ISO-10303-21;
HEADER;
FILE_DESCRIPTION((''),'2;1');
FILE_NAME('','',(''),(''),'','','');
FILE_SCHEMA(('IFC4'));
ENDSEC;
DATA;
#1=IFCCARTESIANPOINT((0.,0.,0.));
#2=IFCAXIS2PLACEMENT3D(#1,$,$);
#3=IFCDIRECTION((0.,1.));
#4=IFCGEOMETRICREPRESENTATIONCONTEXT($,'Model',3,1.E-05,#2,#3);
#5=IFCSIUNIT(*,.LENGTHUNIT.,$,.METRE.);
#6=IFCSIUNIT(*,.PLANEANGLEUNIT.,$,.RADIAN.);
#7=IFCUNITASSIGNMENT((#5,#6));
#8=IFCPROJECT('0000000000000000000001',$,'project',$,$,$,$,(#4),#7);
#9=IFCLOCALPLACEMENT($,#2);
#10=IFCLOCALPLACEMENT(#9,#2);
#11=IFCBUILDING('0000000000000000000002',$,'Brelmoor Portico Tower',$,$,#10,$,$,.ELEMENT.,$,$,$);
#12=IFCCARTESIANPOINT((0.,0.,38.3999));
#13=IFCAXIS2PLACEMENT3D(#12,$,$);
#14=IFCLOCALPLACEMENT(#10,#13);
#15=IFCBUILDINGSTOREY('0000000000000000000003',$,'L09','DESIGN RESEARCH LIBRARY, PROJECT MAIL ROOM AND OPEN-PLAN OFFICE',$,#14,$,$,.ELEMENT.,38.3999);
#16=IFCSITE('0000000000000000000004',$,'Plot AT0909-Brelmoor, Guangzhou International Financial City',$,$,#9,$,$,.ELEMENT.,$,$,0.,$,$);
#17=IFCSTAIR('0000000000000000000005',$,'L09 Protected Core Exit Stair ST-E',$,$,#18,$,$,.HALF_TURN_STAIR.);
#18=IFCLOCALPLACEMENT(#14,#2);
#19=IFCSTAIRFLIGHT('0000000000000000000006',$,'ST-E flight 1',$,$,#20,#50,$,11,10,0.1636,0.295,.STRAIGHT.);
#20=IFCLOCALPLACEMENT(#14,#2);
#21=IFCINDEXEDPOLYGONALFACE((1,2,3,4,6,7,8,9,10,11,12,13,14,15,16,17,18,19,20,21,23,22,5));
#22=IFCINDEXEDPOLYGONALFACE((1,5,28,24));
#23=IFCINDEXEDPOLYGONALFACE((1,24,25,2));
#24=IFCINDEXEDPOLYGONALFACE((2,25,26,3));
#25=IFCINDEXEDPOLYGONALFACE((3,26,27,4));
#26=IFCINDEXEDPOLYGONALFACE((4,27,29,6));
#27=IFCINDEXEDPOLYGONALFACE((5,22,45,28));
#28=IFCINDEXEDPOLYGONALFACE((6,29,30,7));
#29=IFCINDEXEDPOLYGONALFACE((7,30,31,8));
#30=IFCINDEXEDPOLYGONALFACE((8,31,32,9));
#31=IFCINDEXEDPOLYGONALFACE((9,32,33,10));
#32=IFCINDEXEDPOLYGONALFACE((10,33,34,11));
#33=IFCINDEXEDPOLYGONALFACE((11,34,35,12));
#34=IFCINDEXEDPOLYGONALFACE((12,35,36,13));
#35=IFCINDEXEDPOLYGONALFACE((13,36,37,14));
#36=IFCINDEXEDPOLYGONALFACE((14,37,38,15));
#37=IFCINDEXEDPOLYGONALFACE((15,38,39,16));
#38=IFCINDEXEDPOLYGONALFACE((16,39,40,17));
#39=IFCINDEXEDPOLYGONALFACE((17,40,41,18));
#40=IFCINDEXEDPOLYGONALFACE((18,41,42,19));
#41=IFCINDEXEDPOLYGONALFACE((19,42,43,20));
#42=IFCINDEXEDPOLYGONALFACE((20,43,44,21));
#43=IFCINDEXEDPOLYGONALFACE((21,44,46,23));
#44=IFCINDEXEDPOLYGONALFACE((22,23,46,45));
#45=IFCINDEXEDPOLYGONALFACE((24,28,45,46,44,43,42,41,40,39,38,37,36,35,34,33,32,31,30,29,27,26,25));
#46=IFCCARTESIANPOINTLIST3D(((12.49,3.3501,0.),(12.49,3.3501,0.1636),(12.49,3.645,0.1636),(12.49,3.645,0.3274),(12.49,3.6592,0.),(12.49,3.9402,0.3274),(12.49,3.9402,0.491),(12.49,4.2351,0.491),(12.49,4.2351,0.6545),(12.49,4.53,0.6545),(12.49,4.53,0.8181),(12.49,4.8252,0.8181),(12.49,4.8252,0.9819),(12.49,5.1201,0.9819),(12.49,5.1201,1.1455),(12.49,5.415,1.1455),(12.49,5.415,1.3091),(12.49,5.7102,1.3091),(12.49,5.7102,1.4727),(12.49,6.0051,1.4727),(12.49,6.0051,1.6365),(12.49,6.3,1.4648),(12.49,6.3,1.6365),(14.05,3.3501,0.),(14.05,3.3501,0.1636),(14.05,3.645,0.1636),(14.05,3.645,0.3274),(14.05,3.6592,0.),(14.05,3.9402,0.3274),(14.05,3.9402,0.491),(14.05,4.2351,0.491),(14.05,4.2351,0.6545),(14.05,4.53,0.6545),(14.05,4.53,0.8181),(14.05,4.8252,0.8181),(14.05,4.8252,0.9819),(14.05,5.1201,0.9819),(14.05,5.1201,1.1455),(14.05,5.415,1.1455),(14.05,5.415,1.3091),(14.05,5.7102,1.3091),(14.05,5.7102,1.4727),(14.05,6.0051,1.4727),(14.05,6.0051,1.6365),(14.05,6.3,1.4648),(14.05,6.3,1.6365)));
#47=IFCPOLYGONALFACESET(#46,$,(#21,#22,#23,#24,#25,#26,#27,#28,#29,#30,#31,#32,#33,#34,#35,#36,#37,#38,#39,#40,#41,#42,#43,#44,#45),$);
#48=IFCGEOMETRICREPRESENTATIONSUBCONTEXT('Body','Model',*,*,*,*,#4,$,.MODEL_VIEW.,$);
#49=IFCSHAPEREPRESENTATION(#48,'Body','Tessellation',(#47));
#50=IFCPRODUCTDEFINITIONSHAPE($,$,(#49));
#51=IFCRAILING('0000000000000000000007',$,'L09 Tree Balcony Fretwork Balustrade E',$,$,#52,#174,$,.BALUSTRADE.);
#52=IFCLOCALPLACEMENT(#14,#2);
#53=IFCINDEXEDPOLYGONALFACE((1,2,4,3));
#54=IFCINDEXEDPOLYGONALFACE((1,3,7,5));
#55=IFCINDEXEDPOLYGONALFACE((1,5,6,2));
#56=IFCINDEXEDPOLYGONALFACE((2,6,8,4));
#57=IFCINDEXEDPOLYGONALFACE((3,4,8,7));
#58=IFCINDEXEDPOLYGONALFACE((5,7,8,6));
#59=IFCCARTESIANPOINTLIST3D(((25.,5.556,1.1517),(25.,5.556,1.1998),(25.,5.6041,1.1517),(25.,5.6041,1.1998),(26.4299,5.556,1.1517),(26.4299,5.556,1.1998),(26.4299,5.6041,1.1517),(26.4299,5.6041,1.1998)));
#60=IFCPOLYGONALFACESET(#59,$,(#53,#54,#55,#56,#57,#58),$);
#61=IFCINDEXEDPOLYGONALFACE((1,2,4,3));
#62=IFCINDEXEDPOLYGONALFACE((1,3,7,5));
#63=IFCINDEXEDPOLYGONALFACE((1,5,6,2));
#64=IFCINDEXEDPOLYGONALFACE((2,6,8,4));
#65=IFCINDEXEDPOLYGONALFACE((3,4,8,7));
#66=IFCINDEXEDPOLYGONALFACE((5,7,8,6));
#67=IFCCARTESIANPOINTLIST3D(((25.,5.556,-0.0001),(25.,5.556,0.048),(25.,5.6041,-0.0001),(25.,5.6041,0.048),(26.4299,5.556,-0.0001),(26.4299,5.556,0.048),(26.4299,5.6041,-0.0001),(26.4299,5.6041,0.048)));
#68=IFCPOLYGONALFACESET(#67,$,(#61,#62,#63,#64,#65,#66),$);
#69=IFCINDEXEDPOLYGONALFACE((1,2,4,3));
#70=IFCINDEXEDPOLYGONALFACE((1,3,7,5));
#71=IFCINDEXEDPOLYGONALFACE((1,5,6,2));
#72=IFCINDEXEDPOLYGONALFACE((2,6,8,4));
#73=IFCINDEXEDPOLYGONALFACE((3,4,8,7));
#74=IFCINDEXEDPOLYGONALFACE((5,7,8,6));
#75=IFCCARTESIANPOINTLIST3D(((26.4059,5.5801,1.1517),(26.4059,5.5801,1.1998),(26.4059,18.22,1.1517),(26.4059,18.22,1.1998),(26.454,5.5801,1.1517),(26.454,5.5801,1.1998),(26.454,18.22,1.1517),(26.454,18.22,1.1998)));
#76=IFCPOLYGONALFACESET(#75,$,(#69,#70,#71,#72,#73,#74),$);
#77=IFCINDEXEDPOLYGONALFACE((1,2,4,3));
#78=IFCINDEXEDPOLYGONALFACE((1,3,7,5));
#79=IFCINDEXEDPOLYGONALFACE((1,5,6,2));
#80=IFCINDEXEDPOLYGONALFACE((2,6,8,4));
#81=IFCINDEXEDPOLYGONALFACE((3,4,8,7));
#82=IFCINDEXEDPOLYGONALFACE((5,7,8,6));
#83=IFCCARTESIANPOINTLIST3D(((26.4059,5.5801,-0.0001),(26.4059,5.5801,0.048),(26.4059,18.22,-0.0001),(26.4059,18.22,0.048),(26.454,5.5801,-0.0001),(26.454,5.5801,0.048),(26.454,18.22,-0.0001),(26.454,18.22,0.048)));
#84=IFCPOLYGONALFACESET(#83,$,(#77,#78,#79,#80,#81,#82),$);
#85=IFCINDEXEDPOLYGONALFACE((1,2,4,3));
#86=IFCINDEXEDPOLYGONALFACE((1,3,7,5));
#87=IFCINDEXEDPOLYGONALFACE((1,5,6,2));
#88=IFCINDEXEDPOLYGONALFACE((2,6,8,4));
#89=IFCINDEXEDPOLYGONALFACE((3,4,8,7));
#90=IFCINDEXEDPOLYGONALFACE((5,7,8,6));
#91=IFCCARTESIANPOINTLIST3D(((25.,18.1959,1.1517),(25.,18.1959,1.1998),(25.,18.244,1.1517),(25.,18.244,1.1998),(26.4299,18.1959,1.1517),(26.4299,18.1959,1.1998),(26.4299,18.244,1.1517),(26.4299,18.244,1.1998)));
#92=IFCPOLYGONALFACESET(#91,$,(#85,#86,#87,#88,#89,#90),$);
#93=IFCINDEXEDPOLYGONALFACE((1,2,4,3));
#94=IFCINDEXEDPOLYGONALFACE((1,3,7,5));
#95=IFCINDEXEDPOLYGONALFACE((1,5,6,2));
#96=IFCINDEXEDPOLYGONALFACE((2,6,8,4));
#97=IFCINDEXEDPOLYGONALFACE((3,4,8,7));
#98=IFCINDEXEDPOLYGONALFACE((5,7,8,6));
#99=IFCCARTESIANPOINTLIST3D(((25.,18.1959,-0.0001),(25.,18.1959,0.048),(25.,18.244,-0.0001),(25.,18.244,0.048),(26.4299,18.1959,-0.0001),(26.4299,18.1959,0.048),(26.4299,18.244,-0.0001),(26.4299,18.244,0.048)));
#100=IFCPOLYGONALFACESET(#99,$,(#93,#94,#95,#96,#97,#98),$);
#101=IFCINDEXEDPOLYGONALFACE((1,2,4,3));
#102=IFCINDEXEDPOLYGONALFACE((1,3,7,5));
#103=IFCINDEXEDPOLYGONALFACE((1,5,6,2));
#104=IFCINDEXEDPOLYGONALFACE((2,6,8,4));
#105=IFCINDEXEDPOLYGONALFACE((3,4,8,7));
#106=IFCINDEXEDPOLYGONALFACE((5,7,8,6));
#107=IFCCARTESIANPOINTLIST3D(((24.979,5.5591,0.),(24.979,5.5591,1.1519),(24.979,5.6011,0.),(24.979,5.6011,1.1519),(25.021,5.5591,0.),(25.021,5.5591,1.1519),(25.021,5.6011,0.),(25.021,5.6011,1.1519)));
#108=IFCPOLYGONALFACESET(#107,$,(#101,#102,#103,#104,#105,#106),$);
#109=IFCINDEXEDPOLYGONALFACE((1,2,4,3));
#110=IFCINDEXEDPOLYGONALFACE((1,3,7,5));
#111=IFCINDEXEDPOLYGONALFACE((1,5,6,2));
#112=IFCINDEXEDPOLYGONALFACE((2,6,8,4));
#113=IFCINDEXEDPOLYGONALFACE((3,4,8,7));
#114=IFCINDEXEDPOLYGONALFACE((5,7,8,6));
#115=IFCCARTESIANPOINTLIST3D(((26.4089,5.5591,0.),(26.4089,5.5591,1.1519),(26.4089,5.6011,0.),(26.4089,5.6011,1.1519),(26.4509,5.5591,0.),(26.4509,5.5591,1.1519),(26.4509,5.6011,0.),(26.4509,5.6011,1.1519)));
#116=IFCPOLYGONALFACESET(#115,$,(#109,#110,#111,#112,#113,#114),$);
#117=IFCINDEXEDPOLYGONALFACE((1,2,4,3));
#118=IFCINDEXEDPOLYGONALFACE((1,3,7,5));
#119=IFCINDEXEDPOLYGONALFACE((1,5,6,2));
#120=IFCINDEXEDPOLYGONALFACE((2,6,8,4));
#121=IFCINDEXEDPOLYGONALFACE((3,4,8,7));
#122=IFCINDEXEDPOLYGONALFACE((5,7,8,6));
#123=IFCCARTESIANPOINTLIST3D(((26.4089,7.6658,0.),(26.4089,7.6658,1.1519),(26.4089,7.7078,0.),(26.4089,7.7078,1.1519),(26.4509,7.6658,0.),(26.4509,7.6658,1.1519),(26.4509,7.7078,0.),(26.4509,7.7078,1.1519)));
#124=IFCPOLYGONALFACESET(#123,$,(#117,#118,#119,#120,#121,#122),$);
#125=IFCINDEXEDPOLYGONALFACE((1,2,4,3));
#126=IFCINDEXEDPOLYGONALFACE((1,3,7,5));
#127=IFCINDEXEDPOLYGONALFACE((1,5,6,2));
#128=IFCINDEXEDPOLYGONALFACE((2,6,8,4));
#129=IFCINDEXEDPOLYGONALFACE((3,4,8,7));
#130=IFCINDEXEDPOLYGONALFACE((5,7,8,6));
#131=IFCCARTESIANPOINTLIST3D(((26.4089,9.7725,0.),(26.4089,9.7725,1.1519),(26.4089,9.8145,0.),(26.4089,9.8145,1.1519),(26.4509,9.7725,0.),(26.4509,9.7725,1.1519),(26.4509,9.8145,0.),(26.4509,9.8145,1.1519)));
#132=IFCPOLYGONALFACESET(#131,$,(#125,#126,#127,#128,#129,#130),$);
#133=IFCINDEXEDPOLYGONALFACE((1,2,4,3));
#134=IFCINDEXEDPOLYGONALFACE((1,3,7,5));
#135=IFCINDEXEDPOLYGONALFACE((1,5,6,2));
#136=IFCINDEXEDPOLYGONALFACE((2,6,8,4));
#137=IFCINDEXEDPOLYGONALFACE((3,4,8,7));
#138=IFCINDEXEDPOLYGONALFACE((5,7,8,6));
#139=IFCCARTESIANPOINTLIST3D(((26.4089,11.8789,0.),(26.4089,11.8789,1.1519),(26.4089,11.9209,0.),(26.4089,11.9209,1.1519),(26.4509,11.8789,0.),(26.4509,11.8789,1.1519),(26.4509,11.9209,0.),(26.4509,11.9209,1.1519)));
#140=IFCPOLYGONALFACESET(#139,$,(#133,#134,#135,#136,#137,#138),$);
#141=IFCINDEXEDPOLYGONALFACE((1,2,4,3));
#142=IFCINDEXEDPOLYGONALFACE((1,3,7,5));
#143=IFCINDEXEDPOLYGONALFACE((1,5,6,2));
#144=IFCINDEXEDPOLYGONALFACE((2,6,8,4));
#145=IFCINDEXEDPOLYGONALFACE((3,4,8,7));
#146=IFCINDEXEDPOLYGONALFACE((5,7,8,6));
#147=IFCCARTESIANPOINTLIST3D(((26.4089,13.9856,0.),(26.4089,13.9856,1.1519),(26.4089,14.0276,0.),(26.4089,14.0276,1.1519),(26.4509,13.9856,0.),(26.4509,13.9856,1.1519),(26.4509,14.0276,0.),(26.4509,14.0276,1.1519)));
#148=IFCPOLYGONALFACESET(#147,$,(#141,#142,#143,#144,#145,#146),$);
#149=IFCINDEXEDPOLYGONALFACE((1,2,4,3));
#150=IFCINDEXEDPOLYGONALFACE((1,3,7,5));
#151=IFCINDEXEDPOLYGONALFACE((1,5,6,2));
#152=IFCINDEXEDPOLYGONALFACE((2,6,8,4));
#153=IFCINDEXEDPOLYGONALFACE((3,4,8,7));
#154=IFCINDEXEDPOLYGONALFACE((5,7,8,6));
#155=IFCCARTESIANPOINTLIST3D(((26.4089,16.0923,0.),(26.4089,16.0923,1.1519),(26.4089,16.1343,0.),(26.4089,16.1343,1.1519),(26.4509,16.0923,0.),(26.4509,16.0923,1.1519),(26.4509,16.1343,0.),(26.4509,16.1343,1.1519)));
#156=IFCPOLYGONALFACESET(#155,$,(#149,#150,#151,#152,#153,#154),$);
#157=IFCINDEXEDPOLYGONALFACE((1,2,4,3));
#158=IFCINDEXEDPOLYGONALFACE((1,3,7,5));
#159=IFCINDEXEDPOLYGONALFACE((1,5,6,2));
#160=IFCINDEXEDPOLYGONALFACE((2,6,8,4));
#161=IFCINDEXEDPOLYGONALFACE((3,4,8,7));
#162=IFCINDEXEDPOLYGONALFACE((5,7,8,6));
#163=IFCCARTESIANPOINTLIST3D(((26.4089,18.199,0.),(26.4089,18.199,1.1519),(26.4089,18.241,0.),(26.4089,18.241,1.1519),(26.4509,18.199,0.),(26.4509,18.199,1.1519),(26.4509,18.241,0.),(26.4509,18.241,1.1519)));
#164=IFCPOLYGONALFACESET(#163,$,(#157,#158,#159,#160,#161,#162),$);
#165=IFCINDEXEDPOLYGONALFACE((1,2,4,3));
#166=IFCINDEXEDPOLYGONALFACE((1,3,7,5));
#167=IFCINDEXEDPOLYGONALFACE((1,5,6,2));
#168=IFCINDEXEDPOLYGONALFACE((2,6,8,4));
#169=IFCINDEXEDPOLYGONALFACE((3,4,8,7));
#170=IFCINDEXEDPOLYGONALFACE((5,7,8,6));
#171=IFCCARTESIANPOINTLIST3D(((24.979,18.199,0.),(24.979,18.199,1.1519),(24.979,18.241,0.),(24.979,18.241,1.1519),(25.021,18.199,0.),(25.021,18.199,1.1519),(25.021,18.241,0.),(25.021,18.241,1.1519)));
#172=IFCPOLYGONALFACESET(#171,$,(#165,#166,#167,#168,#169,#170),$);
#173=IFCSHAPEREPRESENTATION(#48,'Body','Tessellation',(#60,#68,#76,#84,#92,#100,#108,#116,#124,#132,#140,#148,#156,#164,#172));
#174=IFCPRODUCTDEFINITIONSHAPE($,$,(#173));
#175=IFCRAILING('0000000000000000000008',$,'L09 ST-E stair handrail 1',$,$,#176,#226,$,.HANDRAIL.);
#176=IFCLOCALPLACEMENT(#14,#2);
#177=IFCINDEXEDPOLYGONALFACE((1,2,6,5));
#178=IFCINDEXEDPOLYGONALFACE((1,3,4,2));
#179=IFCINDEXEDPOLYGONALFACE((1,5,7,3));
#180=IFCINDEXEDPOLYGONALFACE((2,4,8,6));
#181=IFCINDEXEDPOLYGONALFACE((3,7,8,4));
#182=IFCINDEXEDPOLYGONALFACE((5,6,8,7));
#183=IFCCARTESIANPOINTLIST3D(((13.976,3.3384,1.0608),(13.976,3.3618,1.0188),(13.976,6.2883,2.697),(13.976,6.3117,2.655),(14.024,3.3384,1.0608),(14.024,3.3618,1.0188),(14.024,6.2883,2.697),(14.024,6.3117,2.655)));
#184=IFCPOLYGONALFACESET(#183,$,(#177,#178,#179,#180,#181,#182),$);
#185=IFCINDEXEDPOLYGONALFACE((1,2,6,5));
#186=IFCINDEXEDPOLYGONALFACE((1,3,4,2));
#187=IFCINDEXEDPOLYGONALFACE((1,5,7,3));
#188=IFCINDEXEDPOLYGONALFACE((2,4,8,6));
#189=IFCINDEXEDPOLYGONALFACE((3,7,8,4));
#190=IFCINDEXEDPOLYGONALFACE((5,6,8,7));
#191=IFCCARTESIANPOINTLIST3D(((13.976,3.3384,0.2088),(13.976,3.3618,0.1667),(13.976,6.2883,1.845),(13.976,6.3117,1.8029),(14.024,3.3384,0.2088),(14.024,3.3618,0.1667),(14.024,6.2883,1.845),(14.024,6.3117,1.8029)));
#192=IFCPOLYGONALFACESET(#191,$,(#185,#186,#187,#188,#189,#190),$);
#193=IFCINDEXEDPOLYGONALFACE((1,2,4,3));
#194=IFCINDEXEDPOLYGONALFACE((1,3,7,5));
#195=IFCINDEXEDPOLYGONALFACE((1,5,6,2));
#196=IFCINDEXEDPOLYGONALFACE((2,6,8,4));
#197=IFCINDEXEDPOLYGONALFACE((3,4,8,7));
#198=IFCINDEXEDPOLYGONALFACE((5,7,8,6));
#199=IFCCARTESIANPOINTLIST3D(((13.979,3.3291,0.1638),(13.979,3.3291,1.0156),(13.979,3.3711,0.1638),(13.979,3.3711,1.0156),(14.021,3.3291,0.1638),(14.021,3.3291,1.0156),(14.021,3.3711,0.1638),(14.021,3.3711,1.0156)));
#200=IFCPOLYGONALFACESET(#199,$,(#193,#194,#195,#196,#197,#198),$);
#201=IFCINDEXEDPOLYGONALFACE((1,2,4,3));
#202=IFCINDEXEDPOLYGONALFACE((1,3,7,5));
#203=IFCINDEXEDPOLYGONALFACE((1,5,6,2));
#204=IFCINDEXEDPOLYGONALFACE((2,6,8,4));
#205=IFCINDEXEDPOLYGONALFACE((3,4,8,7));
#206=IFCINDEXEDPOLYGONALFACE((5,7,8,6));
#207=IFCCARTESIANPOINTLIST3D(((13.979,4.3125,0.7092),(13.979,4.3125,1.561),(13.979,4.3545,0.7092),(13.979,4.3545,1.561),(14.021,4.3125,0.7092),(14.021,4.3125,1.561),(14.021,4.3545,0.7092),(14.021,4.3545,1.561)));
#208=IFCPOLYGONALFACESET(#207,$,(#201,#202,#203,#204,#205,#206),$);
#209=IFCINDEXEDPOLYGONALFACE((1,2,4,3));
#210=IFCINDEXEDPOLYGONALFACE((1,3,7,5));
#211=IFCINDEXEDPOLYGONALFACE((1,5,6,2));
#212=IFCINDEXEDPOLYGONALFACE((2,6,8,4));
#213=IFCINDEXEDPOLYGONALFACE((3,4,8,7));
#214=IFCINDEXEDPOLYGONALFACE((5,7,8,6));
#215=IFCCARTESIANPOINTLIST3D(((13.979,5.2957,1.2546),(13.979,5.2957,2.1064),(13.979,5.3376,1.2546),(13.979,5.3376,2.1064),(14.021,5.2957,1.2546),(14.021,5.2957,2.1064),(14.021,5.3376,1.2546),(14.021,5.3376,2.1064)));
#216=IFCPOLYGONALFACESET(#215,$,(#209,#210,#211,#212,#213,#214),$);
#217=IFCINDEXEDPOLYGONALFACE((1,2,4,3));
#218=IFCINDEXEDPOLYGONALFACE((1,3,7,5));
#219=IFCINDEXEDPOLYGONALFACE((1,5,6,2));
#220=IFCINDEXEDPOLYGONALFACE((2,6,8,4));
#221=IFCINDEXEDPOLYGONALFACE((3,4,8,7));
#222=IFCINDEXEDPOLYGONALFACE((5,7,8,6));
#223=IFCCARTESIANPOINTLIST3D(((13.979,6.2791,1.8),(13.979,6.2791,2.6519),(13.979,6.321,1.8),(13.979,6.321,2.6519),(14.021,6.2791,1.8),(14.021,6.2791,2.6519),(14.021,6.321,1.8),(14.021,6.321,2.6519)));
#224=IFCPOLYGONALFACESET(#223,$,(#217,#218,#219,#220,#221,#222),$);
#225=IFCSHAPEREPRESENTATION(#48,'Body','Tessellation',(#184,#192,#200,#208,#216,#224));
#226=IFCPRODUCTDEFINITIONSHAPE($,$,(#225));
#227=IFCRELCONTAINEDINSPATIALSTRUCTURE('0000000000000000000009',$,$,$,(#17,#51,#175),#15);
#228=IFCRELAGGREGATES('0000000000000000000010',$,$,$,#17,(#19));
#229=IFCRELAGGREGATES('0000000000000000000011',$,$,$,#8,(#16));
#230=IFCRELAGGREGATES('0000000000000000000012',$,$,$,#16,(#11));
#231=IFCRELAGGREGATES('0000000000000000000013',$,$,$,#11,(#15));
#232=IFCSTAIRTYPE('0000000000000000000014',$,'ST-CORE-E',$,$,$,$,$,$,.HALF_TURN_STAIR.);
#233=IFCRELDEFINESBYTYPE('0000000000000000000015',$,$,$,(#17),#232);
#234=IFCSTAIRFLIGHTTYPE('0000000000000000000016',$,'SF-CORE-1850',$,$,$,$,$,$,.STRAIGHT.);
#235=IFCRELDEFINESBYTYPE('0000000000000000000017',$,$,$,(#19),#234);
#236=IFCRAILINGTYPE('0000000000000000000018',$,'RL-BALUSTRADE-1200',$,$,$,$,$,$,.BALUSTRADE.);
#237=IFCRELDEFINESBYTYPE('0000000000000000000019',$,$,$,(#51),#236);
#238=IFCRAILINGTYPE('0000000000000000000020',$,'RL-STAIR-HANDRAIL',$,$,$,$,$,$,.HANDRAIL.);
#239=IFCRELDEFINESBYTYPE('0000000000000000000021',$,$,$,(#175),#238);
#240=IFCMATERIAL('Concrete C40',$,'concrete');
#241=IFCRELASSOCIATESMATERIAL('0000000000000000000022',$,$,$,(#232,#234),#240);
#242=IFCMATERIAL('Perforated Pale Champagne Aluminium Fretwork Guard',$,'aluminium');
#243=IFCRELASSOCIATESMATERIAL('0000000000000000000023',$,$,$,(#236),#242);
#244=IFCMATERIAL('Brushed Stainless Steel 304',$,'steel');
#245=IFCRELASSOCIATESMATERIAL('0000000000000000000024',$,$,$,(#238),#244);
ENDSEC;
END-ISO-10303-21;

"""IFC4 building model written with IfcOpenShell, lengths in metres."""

from ifc_helpers import new_model, si_unit, direction, frame, origin, origin_2d, place, context, subcontext, project, spatial, polyline, rectangle, outline, extrude, material, type_object, element, aggregate, save


model = new_model("IFC4")

# Units and contexts
model_context = context("Model", 3, precision=1e-05, world=origin(), true_north=direction((0.0, 1.0)))
body_context = subcontext(model_context, "Body", "Model", "MODEL_VIEW")
ifc_project = project(units=[si_unit("LENGTHUNIT", "METRE"), si_unit("PLANEANGLEUNIT", "RADIAN")], contexts=[model_context])

# Site, building, storey
site_placement = place(None, origin())
site = spatial("IfcSite", under=ifc_project, at=site_placement, Name="Plot AT0909-Brelmoor, Guangzhou International Financial City", CompositionType="ELEMENT", RefElevation=0.0)
building_placement = place(site_placement, origin())
building = spatial("IfcBuilding", under=site, at=building_placement, Name="Brelmoor Portico Tower", CompositionType="ELEMENT")
storey_placement = place(building_placement, frame((0.0, 0.0, 38.3999)))
storey = spatial("IfcBuildingStorey", under=building, at=storey_placement, Name="L09", Description="DESIGN RESEARCH LIBRARY, PROJECT MAIL ROOM AND OPEN-PLAN OFFICE", CompositionType="ELEMENT", Elevation=38.3999)

# Shared definitions
ifc_material_1 = material(Name="Concrete C40", Category="concrete")

# Stair, stair flight
stair_type = type_object("IfcStairType", Name="ST-CORE-E", PredefinedType="HALF_TURN_STAIR", material=ifc_material_1)
stair_placement = place(storey_placement, origin())
stair = element("IfcStair", 1, at=stair_placement, inside=storey, type_object=stair_type, Name="L09 Protected Core Exit Stair ST-E", PredefinedType="HALF_TURN_STAIR")
stair_flight_type = type_object("IfcStairFlightType", Name="SF-CORE-1850", PredefinedType="STRAIGHT", material=ifc_material_1)
stair_flight_placement = place(storey_placement, frame((13.27, 3.3501, 0.0), z_axis=(0.0, 0.0, 1.0), x_axis=(0.0, 1.0, 0.0)))
stair_flight = element("IfcStairFlight", 2, at=stair_flight_placement, type_object=stair_flight_type, Name="ST-E flight 1", NumberOfRisers=11, NumberOfTreads=10, PredefinedType="STRAIGHT", RiserHeight=0.1636, TreadLength=0.295, context=body_context, shape_type="SweptSolid", body=[
    extrude(outline(polyline([(0.0, 0.0), (0.0, 0.1636), (0.2949, 0.1636), (0.2949, 0.3274), (0.5901, 0.3274), (0.5901, 0.491), (0.885, 0.491), (0.885, 0.6545), (1.1799, 0.6545), (1.1799, 0.8181), (1.4751, 0.8181), (1.4751, 0.9819), (1.77, 0.9819), (1.77, 1.1455), (2.0649, 1.1455), (2.0649, 1.3091), (2.3601, 1.3091), (2.3601, 1.4727), (2.655, 1.4727), (2.655, 1.6365), (2.95, 1.6365), (2.95, 1.8), (2.95, 1.4648), (0.3091, 0.0), (0.0, 0.0)])), frame((0.0, 0.78, 0.0), z_axis=(0.0, -1.0, 0.0), x_axis=(1.0, 0.0, 0.0)), (0.0, 0.0, 1.0), 1.5601),
])
aggregate(stair, [stair_flight])

# Railings
ifc_material_2 = material(Name="Perforated Pale Champagne Aluminium Fretwork Guard", Category="aluminium")
railing_type_1 = type_object("IfcRailingType", Name="RL-BALUSTRADE-1200", PredefinedType="BALUSTRADE", material=ifc_material_2)
railing_1_placement = place(storey_placement, frame((25.0, 5.5801, 0.0)))
element("IfcRailing", 3, at=railing_1_placement, inside=storey, type_object=railing_type_1, Name="L09 Tree Balcony Fretwork Balustrade E", PredefinedType="BALUSTRADE", context=body_context, shape_type="SweptSolid", body=[
    extrude(rectangle(XDim=0.0481, YDim=0.0481, at=origin_2d()), frame((0.0, 0.0, 1.1758), z_axis=(1.0, 0.0, 0.0), x_axis=(0.0, 1.0, 0.0)), (0.0, 0.0, 1.0), 1.4299),
    extrude(rectangle(XDim=0.0481, YDim=0.0481, at=origin_2d()), frame((0.0, 0.0, 0.0239), z_axis=(1.0, 0.0, 0.0), x_axis=(0.0, 1.0, 0.0)), (0.0, 0.0, 1.0), 1.4299),
    extrude(rectangle(XDim=0.0481, YDim=0.0481, at=origin_2d()), frame((1.4299, 0.0, 1.1758), z_axis=(0.0, 1.0, 0.0), x_axis=(-1.0, 0.0, 0.0)), (0.0, 0.0, 1.0), 12.6399),
    extrude(rectangle(XDim=0.0481, YDim=0.0481, at=origin_2d()), frame((1.4299, 0.0, 0.0239), z_axis=(0.0, 1.0, 0.0), x_axis=(-1.0, 0.0, 0.0)), (0.0, 0.0, 1.0), 12.6399),
    extrude(rectangle(XDim=0.0481, YDim=0.0481, at=origin_2d()), frame((1.4299, 12.6399, 1.1758), z_axis=(-1.0, 0.0, 0.0), x_axis=(0.0, -1.0, 0.0)), (0.0, 0.0, 1.0), 1.4299),
    extrude(rectangle(XDim=0.0481, YDim=0.0481, at=origin_2d()), frame((1.4299, 12.6399, 0.0239), z_axis=(-1.0, 0.0, 0.0), x_axis=(0.0, -1.0, 0.0)), (0.0, 0.0, 1.0), 1.4299),
    extrude(rectangle(XDim=0.042, YDim=0.042, at=origin_2d()), origin(), (0.0, 0.0, 1.0), 1.1519),
    extrude(rectangle(XDim=0.042, YDim=0.042, at=origin_2d()), frame((1.4299, 0.0, 0.0)), (0.0, 0.0, 1.0), 1.1519),
    extrude(rectangle(XDim=0.042, YDim=0.042, at=origin_2d()), frame((1.4299, 2.1067, 0.0)), (0.0, 0.0, 1.0), 1.1519),
    extrude(rectangle(XDim=0.042, YDim=0.042, at=origin_2d()), frame((1.4299, 4.2134, 0.0)), (0.0, 0.0, 1.0), 1.1519),
    extrude(rectangle(XDim=0.042, YDim=0.042, at=origin_2d()), frame((1.4299, 6.3198, 0.0)), (0.0, 0.0, 1.0), 1.1519),
    extrude(rectangle(XDim=0.042, YDim=0.042, at=origin_2d()), frame((1.4299, 8.4265, 0.0)), (0.0, 0.0, 1.0), 1.1519),
    extrude(rectangle(XDim=0.042, YDim=0.042, at=origin_2d()), frame((1.4299, 10.5332, 0.0)), (0.0, 0.0, 1.0), 1.1519),
    extrude(rectangle(XDim=0.042, YDim=0.042, at=origin_2d()), frame((1.4299, 12.6399, 0.0)), (0.0, 0.0, 1.0), 1.1519),
    extrude(rectangle(XDim=0.042, YDim=0.042, at=origin_2d()), frame((0.0, 12.6399, 0.0)), (0.0, 0.0, 1.0), 1.1519),
])
ifc_material_3 = material(Name="Brushed Stainless Steel 304", Category="steel")
railing_type_2 = type_object("IfcRailingType", Name="RL-STAIR-HANDRAIL", PredefinedType="HANDRAIL", material=ifc_material_3)
railing_2_placement = place(storey_placement, frame((14.0, 3.3501, 0.1638)))
element("IfcRailing", 4, at=railing_2_placement, inside=storey, type_object=railing_type_2, Name="L09 ST-E stair handrail 1", PredefinedType="HANDRAIL", context=body_context, shape_type="SweptSolid", body=[
    extrude(rectangle(XDim=0.0481, YDim=0.0481, at=origin_2d()), frame((0.0, 0.0, 0.876), z_axis=(0.0, 0.874488, 0.485047), x_axis=(-1.0, 0.0, 0.0)), (0.0, 0.0, 1.0), 3.3733),
    extrude(rectangle(XDim=0.0481, YDim=0.0481, at=origin_2d()), frame((0.0, 0.0, 0.0239), z_axis=(0.0, 0.874488, 0.485047), x_axis=(-1.0, 0.0, 0.0)), (0.0, 0.0, 1.0), 3.3733),
    extrude(rectangle(XDim=0.042, YDim=0.042, at=origin_2d()), origin(), (0.0, 0.0, 1.0), 0.8518),
    extrude(rectangle(XDim=0.042, YDim=0.042, at=origin_2d()), frame((0.0, 0.9834, 0.5454)), (0.0, 0.0, 1.0), 0.8518),
    extrude(rectangle(XDim=0.042, YDim=0.042, at=origin_2d()), frame((0.0, 1.9666, 1.0908)), (0.0, 0.0, 1.0), 0.8518),
    extrude(rectangle(XDim=0.042, YDim=0.042, at=origin_2d()), frame((0.0, 2.95, 1.6362)), (0.0, 0.0, 1.0), 0.8518),
])

save(model, "model.ifc")
